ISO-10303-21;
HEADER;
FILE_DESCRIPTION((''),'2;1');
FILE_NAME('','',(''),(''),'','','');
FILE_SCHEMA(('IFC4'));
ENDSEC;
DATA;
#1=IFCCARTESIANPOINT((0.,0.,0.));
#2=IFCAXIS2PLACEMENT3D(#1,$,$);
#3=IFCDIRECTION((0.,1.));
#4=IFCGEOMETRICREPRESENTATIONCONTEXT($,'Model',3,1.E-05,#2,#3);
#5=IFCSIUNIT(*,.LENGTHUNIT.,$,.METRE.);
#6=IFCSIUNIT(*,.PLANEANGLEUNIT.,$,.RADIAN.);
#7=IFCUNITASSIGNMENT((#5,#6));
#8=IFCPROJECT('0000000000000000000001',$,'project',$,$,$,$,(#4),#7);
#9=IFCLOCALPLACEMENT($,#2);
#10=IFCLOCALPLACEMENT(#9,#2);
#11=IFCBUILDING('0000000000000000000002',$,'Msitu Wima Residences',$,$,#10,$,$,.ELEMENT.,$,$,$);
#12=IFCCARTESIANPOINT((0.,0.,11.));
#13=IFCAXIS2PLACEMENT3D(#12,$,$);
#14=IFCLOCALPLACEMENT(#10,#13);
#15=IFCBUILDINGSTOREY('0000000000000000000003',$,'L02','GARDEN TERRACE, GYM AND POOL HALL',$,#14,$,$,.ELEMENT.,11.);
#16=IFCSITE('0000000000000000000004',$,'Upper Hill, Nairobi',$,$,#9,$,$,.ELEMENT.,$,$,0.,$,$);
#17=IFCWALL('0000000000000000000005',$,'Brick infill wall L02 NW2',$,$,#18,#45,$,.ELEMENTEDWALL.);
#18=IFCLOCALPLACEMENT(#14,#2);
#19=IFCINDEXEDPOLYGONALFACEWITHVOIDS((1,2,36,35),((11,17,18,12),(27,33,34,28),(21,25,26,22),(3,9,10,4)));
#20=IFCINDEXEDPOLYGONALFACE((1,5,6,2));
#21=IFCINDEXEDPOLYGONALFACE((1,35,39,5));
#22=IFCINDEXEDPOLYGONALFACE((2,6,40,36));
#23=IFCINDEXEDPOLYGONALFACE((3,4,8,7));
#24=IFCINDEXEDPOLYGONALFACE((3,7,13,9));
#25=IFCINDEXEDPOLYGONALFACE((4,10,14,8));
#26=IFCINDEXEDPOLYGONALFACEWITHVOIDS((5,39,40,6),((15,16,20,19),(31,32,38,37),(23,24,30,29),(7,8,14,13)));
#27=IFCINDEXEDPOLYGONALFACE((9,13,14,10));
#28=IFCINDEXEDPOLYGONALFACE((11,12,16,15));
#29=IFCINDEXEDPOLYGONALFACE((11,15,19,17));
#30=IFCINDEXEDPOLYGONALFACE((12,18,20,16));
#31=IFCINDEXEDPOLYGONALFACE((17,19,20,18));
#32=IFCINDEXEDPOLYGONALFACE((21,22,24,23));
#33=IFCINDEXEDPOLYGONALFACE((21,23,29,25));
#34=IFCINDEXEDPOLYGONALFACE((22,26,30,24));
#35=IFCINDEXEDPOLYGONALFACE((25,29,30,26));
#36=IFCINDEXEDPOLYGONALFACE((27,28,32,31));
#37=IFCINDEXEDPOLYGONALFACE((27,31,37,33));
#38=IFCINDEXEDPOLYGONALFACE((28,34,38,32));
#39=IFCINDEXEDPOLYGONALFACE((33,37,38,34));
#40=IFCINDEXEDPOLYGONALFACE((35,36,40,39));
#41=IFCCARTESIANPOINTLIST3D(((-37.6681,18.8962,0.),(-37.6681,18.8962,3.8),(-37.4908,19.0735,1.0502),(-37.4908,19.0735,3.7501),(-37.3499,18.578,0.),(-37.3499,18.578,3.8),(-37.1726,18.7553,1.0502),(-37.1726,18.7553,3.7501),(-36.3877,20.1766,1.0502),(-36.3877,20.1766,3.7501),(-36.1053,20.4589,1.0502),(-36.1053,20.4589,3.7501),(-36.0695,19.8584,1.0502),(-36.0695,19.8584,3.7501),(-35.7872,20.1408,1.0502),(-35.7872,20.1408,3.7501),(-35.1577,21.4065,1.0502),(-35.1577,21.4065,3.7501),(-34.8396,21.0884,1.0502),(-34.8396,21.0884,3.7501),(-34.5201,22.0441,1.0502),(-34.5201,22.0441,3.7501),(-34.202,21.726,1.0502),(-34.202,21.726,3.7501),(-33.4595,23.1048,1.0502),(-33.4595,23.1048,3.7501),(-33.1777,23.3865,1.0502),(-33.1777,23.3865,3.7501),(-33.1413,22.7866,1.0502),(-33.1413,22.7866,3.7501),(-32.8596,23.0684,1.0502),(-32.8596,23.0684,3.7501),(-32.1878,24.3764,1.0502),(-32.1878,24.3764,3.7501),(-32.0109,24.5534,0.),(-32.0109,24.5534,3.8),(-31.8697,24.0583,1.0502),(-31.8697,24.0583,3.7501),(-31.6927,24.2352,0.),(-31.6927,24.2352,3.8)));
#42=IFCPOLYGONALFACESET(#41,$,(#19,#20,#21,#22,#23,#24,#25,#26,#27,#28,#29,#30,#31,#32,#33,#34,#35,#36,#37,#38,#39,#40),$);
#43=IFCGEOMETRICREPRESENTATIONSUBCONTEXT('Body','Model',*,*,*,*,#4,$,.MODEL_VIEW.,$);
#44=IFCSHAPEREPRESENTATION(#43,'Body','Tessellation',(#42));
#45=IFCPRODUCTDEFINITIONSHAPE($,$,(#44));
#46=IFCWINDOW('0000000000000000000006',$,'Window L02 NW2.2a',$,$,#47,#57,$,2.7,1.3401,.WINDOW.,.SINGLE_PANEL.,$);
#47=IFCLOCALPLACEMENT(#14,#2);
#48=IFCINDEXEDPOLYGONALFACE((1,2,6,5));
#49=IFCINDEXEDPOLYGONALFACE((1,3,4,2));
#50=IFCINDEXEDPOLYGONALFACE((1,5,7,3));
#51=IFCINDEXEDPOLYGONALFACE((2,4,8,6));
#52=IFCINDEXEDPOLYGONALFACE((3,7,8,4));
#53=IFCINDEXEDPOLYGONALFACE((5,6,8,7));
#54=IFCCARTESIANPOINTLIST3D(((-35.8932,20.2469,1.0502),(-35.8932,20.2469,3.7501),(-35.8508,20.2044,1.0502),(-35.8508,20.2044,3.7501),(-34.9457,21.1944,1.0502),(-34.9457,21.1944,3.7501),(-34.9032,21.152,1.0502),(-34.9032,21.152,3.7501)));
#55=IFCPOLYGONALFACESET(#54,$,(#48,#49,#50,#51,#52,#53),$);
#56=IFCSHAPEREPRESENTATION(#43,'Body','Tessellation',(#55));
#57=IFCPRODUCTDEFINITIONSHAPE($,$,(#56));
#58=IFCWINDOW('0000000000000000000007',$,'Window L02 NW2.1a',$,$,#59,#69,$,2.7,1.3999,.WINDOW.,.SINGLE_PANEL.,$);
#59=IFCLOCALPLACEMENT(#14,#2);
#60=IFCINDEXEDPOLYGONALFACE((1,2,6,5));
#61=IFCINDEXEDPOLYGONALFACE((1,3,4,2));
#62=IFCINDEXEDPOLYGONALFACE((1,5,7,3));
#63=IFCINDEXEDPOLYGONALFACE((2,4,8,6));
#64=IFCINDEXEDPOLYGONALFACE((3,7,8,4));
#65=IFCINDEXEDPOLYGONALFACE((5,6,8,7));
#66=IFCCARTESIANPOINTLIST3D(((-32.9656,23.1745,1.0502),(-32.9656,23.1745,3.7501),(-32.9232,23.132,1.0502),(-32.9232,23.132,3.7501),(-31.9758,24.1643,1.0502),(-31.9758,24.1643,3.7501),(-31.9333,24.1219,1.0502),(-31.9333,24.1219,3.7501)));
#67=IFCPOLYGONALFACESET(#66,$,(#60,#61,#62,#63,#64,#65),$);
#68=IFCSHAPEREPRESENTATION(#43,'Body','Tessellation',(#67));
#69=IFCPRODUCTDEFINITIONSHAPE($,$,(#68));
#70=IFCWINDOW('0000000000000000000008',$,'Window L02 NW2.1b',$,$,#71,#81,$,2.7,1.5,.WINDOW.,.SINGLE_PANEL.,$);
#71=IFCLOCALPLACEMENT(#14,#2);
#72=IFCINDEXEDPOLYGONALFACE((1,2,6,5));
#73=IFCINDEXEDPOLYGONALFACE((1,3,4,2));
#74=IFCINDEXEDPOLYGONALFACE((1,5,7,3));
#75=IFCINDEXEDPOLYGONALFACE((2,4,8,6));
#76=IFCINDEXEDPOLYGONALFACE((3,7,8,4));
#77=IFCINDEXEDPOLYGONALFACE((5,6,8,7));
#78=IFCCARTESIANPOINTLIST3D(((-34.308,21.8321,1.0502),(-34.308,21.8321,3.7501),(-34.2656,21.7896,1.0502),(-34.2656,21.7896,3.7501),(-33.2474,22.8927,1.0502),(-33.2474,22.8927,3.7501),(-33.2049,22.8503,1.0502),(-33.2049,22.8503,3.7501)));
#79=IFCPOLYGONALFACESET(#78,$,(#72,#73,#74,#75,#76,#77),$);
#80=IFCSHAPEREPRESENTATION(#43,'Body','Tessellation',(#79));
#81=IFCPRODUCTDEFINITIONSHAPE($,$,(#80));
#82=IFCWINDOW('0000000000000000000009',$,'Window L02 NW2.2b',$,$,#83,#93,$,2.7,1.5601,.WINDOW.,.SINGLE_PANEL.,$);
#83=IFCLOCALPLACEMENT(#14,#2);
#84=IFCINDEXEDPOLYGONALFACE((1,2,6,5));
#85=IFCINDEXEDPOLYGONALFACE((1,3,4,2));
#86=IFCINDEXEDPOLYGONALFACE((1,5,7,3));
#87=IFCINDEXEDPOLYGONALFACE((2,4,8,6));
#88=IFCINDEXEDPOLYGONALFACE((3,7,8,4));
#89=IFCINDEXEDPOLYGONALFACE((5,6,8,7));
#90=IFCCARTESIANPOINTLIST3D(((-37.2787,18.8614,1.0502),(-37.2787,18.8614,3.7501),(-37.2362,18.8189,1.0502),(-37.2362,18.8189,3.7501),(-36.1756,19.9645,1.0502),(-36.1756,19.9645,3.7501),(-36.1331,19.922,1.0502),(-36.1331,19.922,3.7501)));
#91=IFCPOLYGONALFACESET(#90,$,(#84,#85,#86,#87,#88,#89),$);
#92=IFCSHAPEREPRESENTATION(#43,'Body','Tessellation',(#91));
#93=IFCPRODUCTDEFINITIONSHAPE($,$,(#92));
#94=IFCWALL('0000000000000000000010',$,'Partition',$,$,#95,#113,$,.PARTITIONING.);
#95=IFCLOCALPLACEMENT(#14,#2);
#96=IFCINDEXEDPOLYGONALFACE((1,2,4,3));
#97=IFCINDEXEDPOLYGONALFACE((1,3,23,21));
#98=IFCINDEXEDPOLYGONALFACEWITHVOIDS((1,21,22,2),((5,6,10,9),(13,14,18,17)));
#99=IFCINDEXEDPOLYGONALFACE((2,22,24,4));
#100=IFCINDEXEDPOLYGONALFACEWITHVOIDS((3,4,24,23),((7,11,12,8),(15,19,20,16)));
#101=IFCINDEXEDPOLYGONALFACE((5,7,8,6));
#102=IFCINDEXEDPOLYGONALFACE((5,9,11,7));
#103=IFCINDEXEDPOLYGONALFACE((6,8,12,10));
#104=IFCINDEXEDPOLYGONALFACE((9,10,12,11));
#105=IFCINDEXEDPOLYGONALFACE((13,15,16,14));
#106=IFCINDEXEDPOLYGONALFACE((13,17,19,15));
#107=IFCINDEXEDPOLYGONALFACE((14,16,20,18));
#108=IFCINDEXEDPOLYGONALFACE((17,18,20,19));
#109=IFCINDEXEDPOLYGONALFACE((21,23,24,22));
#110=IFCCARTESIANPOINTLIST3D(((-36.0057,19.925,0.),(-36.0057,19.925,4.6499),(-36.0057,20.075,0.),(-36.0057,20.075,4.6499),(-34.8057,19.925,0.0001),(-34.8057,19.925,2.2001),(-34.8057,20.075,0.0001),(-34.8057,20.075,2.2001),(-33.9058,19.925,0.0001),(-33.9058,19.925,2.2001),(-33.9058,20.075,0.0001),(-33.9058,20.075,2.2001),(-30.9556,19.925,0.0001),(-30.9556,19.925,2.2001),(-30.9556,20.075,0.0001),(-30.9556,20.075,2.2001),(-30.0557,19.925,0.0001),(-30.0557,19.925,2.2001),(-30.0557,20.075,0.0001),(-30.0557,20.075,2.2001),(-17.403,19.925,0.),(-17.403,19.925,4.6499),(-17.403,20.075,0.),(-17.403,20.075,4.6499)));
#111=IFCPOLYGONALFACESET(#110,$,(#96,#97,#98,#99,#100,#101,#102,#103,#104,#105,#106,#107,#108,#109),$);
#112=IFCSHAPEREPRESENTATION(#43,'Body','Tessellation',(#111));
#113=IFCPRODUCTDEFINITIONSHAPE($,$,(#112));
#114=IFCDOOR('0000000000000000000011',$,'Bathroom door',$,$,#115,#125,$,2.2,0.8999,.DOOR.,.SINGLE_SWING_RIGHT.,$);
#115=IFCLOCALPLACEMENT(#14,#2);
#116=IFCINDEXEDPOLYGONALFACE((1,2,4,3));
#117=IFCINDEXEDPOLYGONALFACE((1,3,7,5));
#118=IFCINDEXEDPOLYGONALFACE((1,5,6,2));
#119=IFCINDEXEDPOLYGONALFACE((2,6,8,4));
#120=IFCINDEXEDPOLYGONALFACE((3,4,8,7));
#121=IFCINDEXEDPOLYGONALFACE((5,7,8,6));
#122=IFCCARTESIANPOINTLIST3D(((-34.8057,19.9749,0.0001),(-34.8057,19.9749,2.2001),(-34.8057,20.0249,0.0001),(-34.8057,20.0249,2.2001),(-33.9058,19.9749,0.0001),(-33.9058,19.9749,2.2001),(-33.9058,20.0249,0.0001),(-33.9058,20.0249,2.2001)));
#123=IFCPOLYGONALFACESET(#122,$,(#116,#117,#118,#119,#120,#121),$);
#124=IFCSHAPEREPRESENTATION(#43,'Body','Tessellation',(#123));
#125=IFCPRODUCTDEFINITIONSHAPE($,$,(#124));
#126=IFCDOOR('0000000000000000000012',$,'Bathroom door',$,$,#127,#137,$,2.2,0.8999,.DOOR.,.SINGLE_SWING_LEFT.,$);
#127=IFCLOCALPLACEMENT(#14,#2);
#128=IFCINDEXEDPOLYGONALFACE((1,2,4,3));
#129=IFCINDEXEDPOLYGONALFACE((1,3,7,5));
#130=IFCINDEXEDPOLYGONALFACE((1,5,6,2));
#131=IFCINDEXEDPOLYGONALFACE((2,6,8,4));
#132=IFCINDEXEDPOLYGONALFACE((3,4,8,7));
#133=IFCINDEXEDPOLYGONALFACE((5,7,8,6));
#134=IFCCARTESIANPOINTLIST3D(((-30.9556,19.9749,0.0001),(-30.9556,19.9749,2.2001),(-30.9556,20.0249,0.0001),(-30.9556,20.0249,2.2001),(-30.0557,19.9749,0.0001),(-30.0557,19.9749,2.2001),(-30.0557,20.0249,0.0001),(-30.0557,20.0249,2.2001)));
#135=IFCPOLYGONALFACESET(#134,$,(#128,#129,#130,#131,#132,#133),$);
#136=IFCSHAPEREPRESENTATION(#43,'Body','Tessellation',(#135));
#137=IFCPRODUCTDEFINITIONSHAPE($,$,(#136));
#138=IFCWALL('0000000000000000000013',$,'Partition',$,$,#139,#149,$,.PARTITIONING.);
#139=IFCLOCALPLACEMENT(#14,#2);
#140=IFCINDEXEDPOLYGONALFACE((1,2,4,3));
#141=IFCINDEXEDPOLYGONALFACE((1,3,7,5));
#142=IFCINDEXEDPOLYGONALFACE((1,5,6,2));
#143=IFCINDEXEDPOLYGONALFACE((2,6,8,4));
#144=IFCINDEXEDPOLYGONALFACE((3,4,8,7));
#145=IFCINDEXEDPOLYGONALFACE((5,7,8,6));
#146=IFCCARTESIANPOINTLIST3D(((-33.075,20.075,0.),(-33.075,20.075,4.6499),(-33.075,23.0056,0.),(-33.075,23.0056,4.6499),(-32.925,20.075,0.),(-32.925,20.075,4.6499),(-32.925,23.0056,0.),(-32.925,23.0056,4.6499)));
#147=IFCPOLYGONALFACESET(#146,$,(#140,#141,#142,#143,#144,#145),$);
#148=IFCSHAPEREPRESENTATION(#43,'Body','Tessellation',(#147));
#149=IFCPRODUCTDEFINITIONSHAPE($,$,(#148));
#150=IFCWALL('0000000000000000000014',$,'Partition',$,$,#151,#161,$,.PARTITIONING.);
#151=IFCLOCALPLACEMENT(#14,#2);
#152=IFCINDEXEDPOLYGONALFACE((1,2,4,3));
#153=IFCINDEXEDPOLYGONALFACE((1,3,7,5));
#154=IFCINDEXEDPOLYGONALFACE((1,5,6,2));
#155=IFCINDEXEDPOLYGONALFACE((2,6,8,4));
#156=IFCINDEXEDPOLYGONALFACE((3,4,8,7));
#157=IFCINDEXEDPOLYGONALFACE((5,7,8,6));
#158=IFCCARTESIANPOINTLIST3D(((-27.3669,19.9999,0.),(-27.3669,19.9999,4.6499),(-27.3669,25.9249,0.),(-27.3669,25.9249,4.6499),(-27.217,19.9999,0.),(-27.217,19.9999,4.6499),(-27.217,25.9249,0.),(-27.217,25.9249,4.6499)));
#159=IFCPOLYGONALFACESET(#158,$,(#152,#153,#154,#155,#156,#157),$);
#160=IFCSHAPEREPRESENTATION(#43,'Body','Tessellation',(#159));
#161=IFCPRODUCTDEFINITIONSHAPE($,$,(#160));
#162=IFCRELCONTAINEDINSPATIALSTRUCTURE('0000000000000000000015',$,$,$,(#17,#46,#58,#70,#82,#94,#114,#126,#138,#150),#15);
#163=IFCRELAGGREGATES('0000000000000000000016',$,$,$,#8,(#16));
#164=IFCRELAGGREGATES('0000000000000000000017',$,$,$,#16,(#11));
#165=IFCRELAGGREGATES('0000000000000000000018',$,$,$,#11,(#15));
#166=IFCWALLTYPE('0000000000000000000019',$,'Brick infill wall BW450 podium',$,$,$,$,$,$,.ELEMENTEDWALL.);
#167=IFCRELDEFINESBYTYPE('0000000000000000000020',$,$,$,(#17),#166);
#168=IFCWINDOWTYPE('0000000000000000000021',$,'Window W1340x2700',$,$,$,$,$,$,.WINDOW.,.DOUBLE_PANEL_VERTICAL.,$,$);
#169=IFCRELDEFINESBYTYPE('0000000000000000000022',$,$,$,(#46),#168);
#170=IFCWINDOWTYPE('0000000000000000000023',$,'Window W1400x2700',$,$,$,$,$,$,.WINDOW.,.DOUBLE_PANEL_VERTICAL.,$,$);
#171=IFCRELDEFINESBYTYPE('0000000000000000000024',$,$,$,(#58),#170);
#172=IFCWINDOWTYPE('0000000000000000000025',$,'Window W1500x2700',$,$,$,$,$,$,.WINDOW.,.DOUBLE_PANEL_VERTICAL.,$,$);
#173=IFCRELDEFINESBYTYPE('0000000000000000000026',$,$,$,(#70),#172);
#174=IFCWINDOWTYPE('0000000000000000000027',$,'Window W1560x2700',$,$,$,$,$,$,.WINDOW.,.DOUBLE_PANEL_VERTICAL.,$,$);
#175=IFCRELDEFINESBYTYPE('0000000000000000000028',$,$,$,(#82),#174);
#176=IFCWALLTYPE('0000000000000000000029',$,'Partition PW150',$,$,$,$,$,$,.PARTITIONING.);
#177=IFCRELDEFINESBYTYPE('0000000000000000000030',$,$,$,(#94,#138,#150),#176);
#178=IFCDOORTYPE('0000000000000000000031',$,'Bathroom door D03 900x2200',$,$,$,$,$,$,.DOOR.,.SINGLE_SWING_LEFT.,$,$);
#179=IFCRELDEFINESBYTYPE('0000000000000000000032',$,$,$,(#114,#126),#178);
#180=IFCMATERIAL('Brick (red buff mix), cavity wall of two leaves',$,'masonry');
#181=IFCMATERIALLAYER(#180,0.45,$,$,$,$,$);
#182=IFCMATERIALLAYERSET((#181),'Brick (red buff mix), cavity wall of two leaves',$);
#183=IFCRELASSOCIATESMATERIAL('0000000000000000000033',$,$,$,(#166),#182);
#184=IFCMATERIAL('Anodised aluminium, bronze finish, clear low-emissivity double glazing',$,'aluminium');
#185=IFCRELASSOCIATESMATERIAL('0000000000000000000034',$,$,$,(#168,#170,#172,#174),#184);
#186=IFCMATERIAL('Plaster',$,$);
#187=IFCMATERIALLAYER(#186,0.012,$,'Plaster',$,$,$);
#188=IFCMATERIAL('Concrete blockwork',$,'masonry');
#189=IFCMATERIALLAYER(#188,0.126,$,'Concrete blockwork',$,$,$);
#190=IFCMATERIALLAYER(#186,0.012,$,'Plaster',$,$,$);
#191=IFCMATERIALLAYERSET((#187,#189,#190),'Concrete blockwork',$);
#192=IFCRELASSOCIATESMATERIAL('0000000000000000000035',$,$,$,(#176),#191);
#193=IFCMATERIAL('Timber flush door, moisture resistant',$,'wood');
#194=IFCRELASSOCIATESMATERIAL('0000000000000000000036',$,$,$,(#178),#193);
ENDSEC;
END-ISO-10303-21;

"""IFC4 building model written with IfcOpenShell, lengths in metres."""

from ifc_helpers import new_model, si_unit, direction, frame, frame_2d, origin, place, context, subcontext, project, spatial, rectangle, extrude, material, layer, layer_set, type_object, element, fill, save


model = new_model("IFC4")

# Units and contexts
model_context = context("Model", 3, precision=1e-05, world=origin(), true_north=direction((0.0, 1.0)))
body_context = subcontext(model_context, "Body", "Model", "MODEL_VIEW")
ifc_project = project(units=[si_unit("LENGTHUNIT", "METRE"), si_unit("PLANEANGLEUNIT", "RADIAN")], contexts=[model_context])

# Site, building, storey
site_placement = place(None, origin())
site = spatial("IfcSite", under=ifc_project, at=site_placement, Name="Upper Hill, Nairobi", CompositionType="ELEMENT", RefElevation=0.0)
building_placement = place(site_placement, origin())
building = spatial("IfcBuilding", under=site, at=building_placement, Name="Msitu Wima Residences", CompositionType="ELEMENT")
storey_placement = place(building_placement, frame((0.0, 0.0, 11.0)))
storey = spatial("IfcBuildingStorey", under=building, at=storey_placement, Name="L02", Description="GARDEN TERRACE, GYM AND POOL HALL", CompositionType="ELEMENT", Elevation=11.0)

# Shared definitions
ifc_material_1 = material(Name="Anodised aluminium, bronze finish, clear low-emissivity double glazing", Category="aluminium")

# Wall, openings, windows
ifc_material_2 = material(Name="Brick (red buff mix), cavity wall of two leaves", Category="masonry")
ifc_layer_1 = layer(ifc_material_2, 0.45)
ifc_layer_set_1 = layer_set([ifc_layer_1], Name="Brick (red buff mix), cavity wall of two leaves")
wall_type_1 = type_object("IfcWallType", Name="Brick infill wall BW450 podium", PredefinedType="ELEMENTEDWALL", material=ifc_layer_set_1)
wall_1_placement = place(storey_placement, frame((-31.8518, 24.3943, 0.0), z_axis=(0.0, 0.0, 1.0), x_axis=(-0.707107, -0.707107, 0.0)))
wall_1 = element("IfcWall", 1, at=wall_1_placement, inside=storey, type_object=wall_type_1, Name="Brick infill wall L02 NW2", PredefinedType="ELEMENTEDWALL", context=body_context, shape_type="SweptSolid", body=[
    extrude(rectangle(XDim=8.0005, YDim=0.45, at=frame_2d((4.0002, 0.0))), origin(), (0.0, 0.0, 1.0), 3.8),
])
opening_1_placement = place(wall_1_placement, frame((0.2502, 0.0, 1.05)))
opening_1 = element("IfcOpeningElement", 2, at=opening_1_placement, cuts=wall_1, PredefinedType="OPENING", context=body_context, shape_type="SweptSolid", body=[
    extrude(rectangle(XDim=1.3999, YDim=2.7, at=frame_2d((0.7, 1.3501))), frame((0.0, 0.2349, 0.0), z_axis=(0.0, -1.0, 0.0), x_axis=(1.0, 0.0, 0.0)), (0.0, 0.0, 1.0), 0.47),
])
opening_2_placement = place(wall_1_placement, frame((2.0486, 0.0, 1.05)))
opening_2 = element("IfcOpeningElement", 3, at=opening_2_placement, cuts=wall_1, PredefinedType="OPENING", context=body_context, shape_type="SweptSolid", body=[
    extrude(rectangle(XDim=1.5, YDim=2.7, at=frame_2d((0.75, 1.3501))), frame((0.0, 0.2349, 0.0), z_axis=(0.0, -1.0, 0.0), x_axis=(1.0, 0.0, 0.0)), (0.0, 0.0, 1.0), 0.47),
])
opening_3_placement = place(wall_1_placement, frame((4.4504, 0.0, 1.05)))
opening_3 = element("IfcOpeningElement", 4, at=opening_3_placement, cuts=wall_1, PredefinedType="OPENING", context=body_context, shape_type="SweptSolid", body=[
    extrude(rectangle(XDim=1.3401, YDim=2.7, at=frame_2d((0.6699, 1.3501))), frame((0.0, 0.2349, 0.0), z_axis=(0.0, -1.0, 0.0), x_axis=(1.0, 0.0, 0.0)), (0.0, 0.0, 1.0), 0.47),
])
opening_4_placement = place(wall_1_placement, frame((6.1897, 0.0, 1.05)))
opening_4 = element("IfcOpeningElement", 5, at=opening_4_placement, cuts=wall_1, PredefinedType="OPENING", context=body_context, shape_type="SweptSolid", body=[
    extrude(rectangle(XDim=1.5601, YDim=2.7, at=frame_2d((0.78, 1.3501))), frame((0.0, 0.2349, 0.0), z_axis=(0.0, -1.0, 0.0), x_axis=(1.0, 0.0, 0.0)), (0.0, 0.0, 1.0), 0.47),
])
window_type_1 = type_object("IfcWindowType", Name="Window W1340x2700", PartitioningType="DOUBLE_PANEL_VERTICAL", PredefinedType="WINDOW", material=ifc_material_1)
window_1_placement = place(opening_3_placement, origin())
window_1 = element("IfcWindow", 6, at=window_1_placement, inside=storey, type_object=window_type_1, Name="Window L02 NW2.2a", OverallHeight=2.7, OverallWidth=1.3401, PartitioningType="SINGLE_PANEL", PredefinedType="WINDOW", context=body_context, shape_type="SweptSolid", body=[
    extrude(rectangle(XDim=1.3401, YDim=2.7, at=frame_2d((0.6699, 1.3501))), frame((0.0, 0.135, 0.0), z_axis=(0.0, -1.0, 0.0), x_axis=(1.0, 0.0, 0.0)), (0.0, 0.0, 1.0), 0.0601),
])
fill(opening_3, window_1)
window_type_2 = type_object("IfcWindowType", Name="Window W1400x2700", PartitioningType="DOUBLE_PANEL_VERTICAL", PredefinedType="WINDOW", material=ifc_material_1)
window_2_placement = place(opening_1_placement, origin())
window_2 = element("IfcWindow", 7, at=window_2_placement, inside=storey, type_object=window_type_2, Name="Window L02 NW2.1a", OverallHeight=2.7, OverallWidth=1.3999, PartitioningType="SINGLE_PANEL", PredefinedType="WINDOW", context=body_context, shape_type="SweptSolid", body=[
    extrude(rectangle(XDim=1.3999, YDim=2.7, at=frame_2d((0.7, 1.3501))), frame((0.0, 0.135, 0.0), z_axis=(0.0, -1.0, 0.0), x_axis=(1.0, 0.0, 0.0)), (0.0, 0.0, 1.0), 0.0601),
])
fill(opening_1, window_2)
window_type_3 = type_object("IfcWindowType", Name="Window W1500x2700", PartitioningType="DOUBLE_PANEL_VERTICAL", PredefinedType="WINDOW", material=ifc_material_1)
window_3_placement = place(opening_2_placement, origin())
window_3 = element("IfcWindow", 8, at=window_3_placement, inside=storey, type_object=window_type_3, Name="Window L02 NW2.1b", OverallHeight=2.7, OverallWidth=1.5, PartitioningType="SINGLE_PANEL", PredefinedType="WINDOW", context=body_context, shape_type="SweptSolid", body=[
    extrude(rectangle(XDim=1.5, YDim=2.7, at=frame_2d((0.75, 1.3501))), frame((0.0, 0.135, 0.0), z_axis=(0.0, -1.0, 0.0), x_axis=(1.0, 0.0, 0.0)), (0.0, 0.0, 1.0), 0.0601),
])
fill(opening_2, window_3)
window_type_4 = type_object("IfcWindowType", Name="Window W1560x2700", PartitioningType="DOUBLE_PANEL_VERTICAL", PredefinedType="WINDOW", material=ifc_material_1)
window_4_placement = place(opening_4_placement, origin())
window_4 = element("IfcWindow", 9, at=window_4_placement, inside=storey, type_object=window_type_4, Name="Window L02 NW2.2b", OverallHeight=2.7, OverallWidth=1.5601, PartitioningType="SINGLE_PANEL", PredefinedType="WINDOW", context=body_context, shape_type="SweptSolid", body=[
    extrude(rectangle(XDim=1.5601, YDim=2.7, at=frame_2d((0.78, 1.3501))), frame((0.0, 0.135, 0.0), z_axis=(0.0, -1.0, 0.0), x_axis=(1.0, 0.0, 0.0)), (0.0, 0.0, 1.0), 0.0601),
])
fill(opening_4, window_4)

# Wall, openings, doors
ifc_material_3 = material(Name="Plaster")
ifc_layer_2 = layer(ifc_material_3, 0.012, Name="Plaster")
ifc_material_4 = material(Name="Concrete blockwork", Category="masonry")
ifc_layer_3 = layer(ifc_material_4, 0.126, Name="Concrete blockwork")
ifc_layer_4 = layer(ifc_material_3, 0.012, Name="Plaster")
ifc_layer_set_2 = layer_set([ifc_layer_2, ifc_layer_3, ifc_layer_4], Name="Concrete blockwork")
wall_type_2 = type_object("IfcWallType", Name="Partition PW150", PredefinedType="PARTITIONING", material=ifc_layer_set_2)
wall_2_placement = place(storey_placement, frame((-36.0056, 20.0, 0.0), z_axis=(0.0, 0.0, 1.0), x_axis=(1.0, 0.0, 0.0)))
wall_2 = element("IfcWall", 10, at=wall_2_placement, inside=storey, type_object=wall_type_2, Name="Partition", PredefinedType="PARTITIONING", context=body_context, shape_type="SweptSolid", body=[
    extrude(rectangle(XDim=18.6028, YDim=0.1499, at=frame_2d((9.3013, 0.0))), origin(), (0.0, 0.0, 1.0), 4.6499),
])
opening_5_placement = place(wall_2_placement, frame((1.2, 0.0, 0.0)))
opening_5 = element("IfcOpeningElement", 11, at=opening_5_placement, cuts=wall_2, PredefinedType="OPENING", context=body_context, shape_type="SweptSolid", body=[
    extrude(rectangle(XDim=0.8999, YDim=2.2, at=frame_2d((0.45, 1.1001))), frame((0.0, 0.085, 0.0), z_axis=(0.0, -1.0, 0.0), x_axis=(1.0, 0.0, 0.0)), (0.0, 0.0, 1.0), 0.1699),
])
opening_6_placement = place(wall_2_placement, frame((5.05, 0.0, 0.0)))
opening_6 = element("IfcOpeningElement", 12, at=opening_6_placement, cuts=wall_2, PredefinedType="OPENING", context=body_context, shape_type="SweptSolid", body=[
    extrude(rectangle(XDim=0.8999, YDim=2.2, at=frame_2d((0.45, 1.1001))), frame((0.0, 0.085, 0.0), z_axis=(0.0, -1.0, 0.0), x_axis=(1.0, 0.0, 0.0)), (0.0, 0.0, 1.0), 0.1699),
])
ifc_material_5 = material(Name="Timber flush door, moisture resistant", Category="wood")
door_type = type_object("IfcDoorType", Name="Bathroom door D03 900x2200", OperationType="SINGLE_SWING_LEFT", PredefinedType="DOOR", material=ifc_material_5)
door_1_placement = place(opening_5_placement, origin())
door_1 = element("IfcDoor", 13, at=door_1_placement, inside=storey, type_object=door_type, Name="Bathroom door", OperationType="SINGLE_SWING_RIGHT", OverallHeight=2.2, OverallWidth=0.8999, PredefinedType="DOOR", context=body_context, shape_type="SweptSolid", body=[
    extrude(rectangle(XDim=0.8999, YDim=2.2, at=frame_2d((0.45, 1.1001))), frame((0.0, 0.0249, 0.0), z_axis=(0.0, -1.0, 0.0), x_axis=(1.0, 0.0, 0.0)), (0.0, 0.0, 1.0), 0.05),
])
fill(opening_5, door_1)
door_2_placement = place(opening_6_placement, origin())
door_2 = element("IfcDoor", 14, at=door_2_placement, inside=storey, type_object=door_type, Name="Bathroom door", OperationType="SINGLE_SWING_LEFT", OverallHeight=2.2, OverallWidth=0.8999, PredefinedType="DOOR", context=body_context, shape_type="SweptSolid", body=[
    extrude(rectangle(XDim=0.8999, YDim=2.2, at=frame_2d((0.45, 1.1001))), frame((0.0, 0.0249, 0.0), z_axis=(0.0, -1.0, 0.0), x_axis=(1.0, 0.0, 0.0)), (0.0, 0.0, 1.0), 0.05),
])
fill(opening_6, door_2)

# Walls
wall_3_placement = place(storey_placement, frame((-33.0, 20.075, 0.0), z_axis=(0.0, 0.0, 1.0), x_axis=(0.0, 1.0, 0.0)))
element("IfcWall", 15, at=wall_3_placement, inside=storey, type_object=wall_type_2, Name="Partition", PredefinedType="PARTITIONING", context=body_context, shape_type="SweptSolid", body=[
    extrude(rectangle(XDim=2.9307, YDim=0.1499, at=frame_2d((1.4653, 0.0))), origin(), (0.0, 0.0, 1.0), 4.6499),
])
wall_4_placement = place(storey_placement, frame((-27.292, 20.0, 0.0), z_axis=(0.0, 0.0, 1.0), x_axis=(0.0, 1.0, 0.0)))
element("IfcWall", 16, at=wall_4_placement, inside=storey, type_object=wall_type_2, Name="Partition", PredefinedType="PARTITIONING", context=body_context, shape_type="SweptSolid", body=[
    extrude(rectangle(XDim=5.925, YDim=0.1499, at=frame_2d((2.9624, 0.0))), origin(), (0.0, 0.0, 1.0), 4.6499),
])

save(model, "model.ifc")
